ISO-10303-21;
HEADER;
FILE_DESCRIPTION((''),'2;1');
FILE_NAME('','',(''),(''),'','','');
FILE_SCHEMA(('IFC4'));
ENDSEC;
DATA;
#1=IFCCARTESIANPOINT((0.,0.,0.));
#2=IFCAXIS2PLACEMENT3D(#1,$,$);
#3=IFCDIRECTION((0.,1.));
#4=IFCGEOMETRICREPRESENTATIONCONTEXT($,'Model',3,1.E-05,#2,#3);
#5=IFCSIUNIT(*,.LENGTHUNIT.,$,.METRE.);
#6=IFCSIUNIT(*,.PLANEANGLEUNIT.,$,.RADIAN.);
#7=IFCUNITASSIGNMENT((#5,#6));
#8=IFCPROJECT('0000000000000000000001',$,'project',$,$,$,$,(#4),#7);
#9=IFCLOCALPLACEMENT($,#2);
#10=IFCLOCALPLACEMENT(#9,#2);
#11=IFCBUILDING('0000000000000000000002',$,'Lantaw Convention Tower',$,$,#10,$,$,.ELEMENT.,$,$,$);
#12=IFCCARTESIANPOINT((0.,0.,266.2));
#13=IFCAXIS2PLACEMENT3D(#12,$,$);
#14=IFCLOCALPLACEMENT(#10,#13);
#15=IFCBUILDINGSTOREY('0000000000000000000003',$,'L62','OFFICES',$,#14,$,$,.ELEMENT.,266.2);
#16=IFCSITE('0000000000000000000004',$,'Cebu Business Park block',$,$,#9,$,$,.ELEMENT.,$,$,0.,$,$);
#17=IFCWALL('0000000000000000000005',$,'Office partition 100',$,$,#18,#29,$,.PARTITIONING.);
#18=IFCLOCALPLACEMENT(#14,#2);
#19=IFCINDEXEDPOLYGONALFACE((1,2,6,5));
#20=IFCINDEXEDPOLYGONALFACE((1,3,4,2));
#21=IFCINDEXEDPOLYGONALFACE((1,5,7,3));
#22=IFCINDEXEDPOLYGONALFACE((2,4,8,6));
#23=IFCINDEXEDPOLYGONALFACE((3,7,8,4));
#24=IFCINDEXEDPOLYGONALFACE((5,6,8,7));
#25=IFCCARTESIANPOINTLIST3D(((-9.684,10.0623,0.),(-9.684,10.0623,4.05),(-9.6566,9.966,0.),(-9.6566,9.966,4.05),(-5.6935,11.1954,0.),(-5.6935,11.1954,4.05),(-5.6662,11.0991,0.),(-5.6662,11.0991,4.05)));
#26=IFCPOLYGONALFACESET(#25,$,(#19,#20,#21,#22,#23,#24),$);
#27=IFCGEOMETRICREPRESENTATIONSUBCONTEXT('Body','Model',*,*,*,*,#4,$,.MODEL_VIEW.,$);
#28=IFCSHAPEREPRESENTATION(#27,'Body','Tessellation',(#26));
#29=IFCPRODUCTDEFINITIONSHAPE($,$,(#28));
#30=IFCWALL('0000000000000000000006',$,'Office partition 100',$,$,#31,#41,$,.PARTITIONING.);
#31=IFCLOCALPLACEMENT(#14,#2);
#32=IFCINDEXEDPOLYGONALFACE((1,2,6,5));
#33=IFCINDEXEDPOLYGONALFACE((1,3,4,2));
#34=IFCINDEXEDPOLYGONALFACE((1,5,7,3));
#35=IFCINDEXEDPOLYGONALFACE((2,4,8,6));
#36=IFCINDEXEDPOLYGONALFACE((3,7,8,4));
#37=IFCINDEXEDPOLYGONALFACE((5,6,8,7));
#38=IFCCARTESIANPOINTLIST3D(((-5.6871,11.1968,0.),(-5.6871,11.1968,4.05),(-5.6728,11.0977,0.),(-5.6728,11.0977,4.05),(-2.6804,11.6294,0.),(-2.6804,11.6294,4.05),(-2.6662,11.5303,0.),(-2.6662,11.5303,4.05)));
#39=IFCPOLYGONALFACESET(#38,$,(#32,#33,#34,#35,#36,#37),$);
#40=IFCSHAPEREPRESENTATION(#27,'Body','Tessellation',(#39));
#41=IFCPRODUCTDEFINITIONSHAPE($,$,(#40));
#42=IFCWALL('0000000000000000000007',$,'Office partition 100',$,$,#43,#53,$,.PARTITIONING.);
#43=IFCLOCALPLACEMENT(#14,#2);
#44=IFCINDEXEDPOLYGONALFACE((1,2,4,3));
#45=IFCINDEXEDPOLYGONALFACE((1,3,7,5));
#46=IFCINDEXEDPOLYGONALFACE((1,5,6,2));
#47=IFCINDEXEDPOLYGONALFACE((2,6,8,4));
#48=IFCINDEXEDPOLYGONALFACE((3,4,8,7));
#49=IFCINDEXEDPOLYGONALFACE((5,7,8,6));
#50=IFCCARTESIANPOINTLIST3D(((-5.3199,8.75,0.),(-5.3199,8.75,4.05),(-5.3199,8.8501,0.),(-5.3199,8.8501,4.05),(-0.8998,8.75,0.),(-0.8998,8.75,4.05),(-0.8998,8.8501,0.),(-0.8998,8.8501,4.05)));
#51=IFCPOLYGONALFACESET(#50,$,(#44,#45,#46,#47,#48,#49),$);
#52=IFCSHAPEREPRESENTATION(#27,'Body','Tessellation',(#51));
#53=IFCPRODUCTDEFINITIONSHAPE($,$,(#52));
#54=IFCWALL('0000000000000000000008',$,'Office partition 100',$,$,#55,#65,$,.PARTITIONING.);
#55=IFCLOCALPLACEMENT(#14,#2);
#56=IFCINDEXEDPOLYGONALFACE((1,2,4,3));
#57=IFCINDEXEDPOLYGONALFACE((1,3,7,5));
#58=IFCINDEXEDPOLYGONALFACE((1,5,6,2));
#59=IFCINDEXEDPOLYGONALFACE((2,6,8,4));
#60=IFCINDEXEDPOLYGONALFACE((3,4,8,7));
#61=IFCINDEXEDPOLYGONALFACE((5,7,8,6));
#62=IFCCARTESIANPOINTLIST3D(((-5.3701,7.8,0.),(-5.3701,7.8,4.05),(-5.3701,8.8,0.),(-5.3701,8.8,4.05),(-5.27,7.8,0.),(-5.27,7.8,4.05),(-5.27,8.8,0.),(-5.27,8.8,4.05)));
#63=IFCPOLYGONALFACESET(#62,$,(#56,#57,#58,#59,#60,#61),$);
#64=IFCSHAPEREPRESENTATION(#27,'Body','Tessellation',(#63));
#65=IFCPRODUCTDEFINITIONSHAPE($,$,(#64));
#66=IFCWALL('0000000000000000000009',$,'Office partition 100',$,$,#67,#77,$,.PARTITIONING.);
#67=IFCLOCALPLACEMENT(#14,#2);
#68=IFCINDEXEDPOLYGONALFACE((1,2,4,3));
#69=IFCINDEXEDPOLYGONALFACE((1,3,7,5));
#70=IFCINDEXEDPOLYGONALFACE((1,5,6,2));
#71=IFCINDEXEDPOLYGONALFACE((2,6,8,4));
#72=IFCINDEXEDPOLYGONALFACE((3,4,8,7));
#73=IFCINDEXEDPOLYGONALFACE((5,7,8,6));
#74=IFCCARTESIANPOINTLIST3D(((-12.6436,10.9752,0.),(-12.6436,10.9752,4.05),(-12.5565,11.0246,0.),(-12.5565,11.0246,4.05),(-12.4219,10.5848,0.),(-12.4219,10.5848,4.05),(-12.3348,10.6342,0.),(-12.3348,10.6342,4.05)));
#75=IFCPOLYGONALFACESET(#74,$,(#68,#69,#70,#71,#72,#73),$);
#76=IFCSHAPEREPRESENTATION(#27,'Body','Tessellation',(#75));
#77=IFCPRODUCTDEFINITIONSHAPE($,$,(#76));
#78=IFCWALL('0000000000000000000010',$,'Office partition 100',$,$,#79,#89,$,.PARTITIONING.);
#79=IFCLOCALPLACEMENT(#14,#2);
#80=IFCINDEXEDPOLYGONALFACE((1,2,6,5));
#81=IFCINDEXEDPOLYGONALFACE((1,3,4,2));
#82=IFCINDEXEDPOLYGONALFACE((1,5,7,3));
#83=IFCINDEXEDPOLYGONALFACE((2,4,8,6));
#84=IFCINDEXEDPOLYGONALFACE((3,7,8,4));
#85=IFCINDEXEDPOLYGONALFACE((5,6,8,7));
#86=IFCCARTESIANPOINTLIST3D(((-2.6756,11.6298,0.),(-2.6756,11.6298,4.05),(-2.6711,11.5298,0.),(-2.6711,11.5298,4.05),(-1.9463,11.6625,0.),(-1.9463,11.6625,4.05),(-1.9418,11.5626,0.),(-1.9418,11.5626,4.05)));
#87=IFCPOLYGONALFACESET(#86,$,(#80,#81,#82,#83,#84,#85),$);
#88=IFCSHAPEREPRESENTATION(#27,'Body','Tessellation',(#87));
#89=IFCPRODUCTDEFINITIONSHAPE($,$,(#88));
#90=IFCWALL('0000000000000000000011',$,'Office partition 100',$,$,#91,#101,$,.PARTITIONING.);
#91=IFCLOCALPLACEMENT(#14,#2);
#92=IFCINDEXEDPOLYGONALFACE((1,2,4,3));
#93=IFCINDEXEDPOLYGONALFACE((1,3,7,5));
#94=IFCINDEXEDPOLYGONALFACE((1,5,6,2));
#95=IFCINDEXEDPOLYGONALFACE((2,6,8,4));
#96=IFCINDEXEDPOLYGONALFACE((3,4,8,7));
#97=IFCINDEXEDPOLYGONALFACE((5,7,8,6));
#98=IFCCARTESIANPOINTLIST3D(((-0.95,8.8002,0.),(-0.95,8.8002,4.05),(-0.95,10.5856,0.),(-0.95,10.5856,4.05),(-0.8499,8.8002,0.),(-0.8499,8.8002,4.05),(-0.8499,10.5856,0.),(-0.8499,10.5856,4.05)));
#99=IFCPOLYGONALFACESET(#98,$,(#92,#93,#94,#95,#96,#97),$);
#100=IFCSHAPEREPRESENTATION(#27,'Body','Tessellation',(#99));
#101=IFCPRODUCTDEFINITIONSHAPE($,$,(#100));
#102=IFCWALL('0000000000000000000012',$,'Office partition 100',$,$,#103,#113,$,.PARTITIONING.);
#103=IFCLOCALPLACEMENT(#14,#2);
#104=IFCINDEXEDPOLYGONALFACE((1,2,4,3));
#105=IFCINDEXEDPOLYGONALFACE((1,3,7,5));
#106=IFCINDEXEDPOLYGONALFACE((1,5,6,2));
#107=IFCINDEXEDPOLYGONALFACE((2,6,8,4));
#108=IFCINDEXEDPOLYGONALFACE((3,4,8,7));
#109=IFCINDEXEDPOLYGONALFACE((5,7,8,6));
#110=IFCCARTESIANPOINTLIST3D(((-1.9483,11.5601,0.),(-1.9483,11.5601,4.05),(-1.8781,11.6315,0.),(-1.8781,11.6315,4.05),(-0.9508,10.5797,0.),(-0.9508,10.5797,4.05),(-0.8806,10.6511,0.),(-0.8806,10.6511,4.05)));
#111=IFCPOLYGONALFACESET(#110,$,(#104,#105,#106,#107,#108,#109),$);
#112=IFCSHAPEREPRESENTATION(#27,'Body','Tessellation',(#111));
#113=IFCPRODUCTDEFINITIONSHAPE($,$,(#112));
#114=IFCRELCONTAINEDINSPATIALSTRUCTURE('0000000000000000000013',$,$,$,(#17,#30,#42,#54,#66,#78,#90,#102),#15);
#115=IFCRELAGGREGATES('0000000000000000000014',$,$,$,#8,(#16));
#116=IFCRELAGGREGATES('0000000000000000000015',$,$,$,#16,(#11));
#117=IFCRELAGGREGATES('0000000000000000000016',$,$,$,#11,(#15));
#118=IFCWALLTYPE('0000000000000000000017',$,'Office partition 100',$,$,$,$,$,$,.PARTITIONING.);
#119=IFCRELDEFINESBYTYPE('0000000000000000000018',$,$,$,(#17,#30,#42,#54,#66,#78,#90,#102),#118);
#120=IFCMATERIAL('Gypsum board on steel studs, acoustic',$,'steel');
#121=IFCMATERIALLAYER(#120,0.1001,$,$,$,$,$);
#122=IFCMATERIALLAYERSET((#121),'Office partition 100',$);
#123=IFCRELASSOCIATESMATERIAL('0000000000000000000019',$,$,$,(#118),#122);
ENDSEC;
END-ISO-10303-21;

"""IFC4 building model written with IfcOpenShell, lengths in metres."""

from ifc_helpers import new_model, si_unit, direction, frame, frame_2d, origin, place, context, subcontext, project, spatial, rectangle, extrude, material, layer, layer_set, type_object, element, save


model = new_model("IFC4")

# Units and contexts
model_context = context("Model", 3, precision=1e-05, world=origin(), true_north=direction((0.0, 1.0)))
body_context = subcontext(model_context, "Body", "Model", "MODEL_VIEW")
ifc_project = project(units=[si_unit("LENGTHUNIT", "METRE"), si_unit("PLANEANGLEUNIT", "RADIAN")], contexts=[model_context])

# Site, building, storey
site_placement = place(None, origin())
site = spatial("IfcSite", under=ifc_project, at=site_placement, Name="Cebu Business Park block", CompositionType="ELEMENT", RefElevation=0.0)
building_placement = place(site_placement, origin())
building = spatial("IfcBuilding", under=site, at=building_placement, Name="Lantaw Convention Tower", CompositionType="ELEMENT")
storey_placement = place(building_placement, frame((0.0, 0.0, 266.2)))
storey = spatial("IfcBuildingStorey", under=building, at=storey_placement, Name="L62", Description="OFFICES", CompositionType="ELEMENT", Elevation=266.2)

# Walls
ifc_material_1 = material(Name="Gypsum board on steel studs, acoustic", Category="steel")
ifc_layer_1 = layer(ifc_material_1, 0.1001)
ifc_layer_set_1 = layer_set([ifc_layer_1], Name="Office partition 100")
wall_type_1 = type_object("IfcWallType", Name="Office partition 100", PredefinedType="PARTITIONING", material=ifc_layer_set_1)
wall_1_placement = place(storey_placement, frame((-9.6704, 10.0142, 0.0), z_axis=(0.0, 0.0, 1.0), x_axis=(0.961973, 0.273143, 0.0)))
element("IfcWall", 1, at=wall_1_placement, inside=storey, type_object=wall_type_1, Name="Office partition 100", PredefinedType="PARTITIONING", context=body_context, shape_type="SweptSolid", body=[
    extrude(rectangle(XDim=4.1482, YDim=0.1001, at=frame_2d((2.0742, 0.0))), origin(), (0.0, 0.0, 1.0), 4.05),
])
wall_2_placement = place(storey_placement, frame((-5.6799, 11.1472, 0.0), z_axis=(0.0, 0.0, 1.0), x_axis=(0.989806, 0.142423, 0.0)))
element("IfcWall", 2, at=wall_2_placement, inside=storey, type_object=wall_type_1, Name="Office partition 100", PredefinedType="PARTITIONING", context=body_context, shape_type="SweptSolid", body=[
    extrude(rectangle(XDim=3.0376, YDim=0.1001, at=frame_2d((1.5188, 0.0))), origin(), (0.0, 0.0, 1.0), 4.05),
])
wall_3_placement = place(storey_placement, frame((-0.8999, 8.8, 0.0), z_axis=(0.0, 0.0, 1.0), x_axis=(-1.0, 0.0, 0.0)))
element("IfcWall", 3, at=wall_3_placement, inside=storey, type_object=wall_type_1, Name="Office partition 100", PredefinedType="PARTITIONING", context=body_context, shape_type="SweptSolid", body=[
    extrude(rectangle(XDim=4.4202, YDim=0.1001, at=frame_2d((2.21, 0.0))), origin(), (0.0, 0.0, 1.0), 4.05),
])
wall_4_placement = place(storey_placement, frame((-5.3201, 8.8, 0.0), z_axis=(0.0, 0.0, 1.0), x_axis=(0.0, -1.0, 0.0)))
element("IfcWall", 4, at=wall_4_placement, inside=storey, type_object=wall_type_1, Name="Office partition 100", PredefinedType="PARTITIONING", context=body_context, shape_type="SweptSolid", body=[
    extrude(rectangle(XDim=1.0, YDim=0.1001, at=frame_2d((0.5, 0.0))), origin(), (0.0, 0.0, 1.0), 4.05),
])
wall_5_placement = place(storey_placement, frame((-12.6001, 11.0, 0.0), z_axis=(0.0, 0.0, 1.0), x_axis=(0.493794, -0.869579, 0.0)))
element("IfcWall", 5, at=wall_5_placement, inside=storey, type_object=wall_type_1, Name="Office partition 100", PredefinedType="PARTITIONING", context=body_context, shape_type="SweptSolid", body=[
    extrude(rectangle(XDim=0.449, YDim=0.1001, at=frame_2d((0.2246, 0.0))), origin(), (0.0, 0.0, 1.0), 4.05),
])
wall_6_placement = place(storey_placement, frame((-2.6733, 11.5798, 0.0), z_axis=(0.0, 0.0, 1.0), x_axis=(0.998995, 0.044816, 0.0)))
element("IfcWall", 6, at=wall_6_placement, inside=storey, type_object=wall_type_1, Name="Office partition 100", PredefinedType="PARTITIONING", context=body_context, shape_type="SweptSolid", body=[
    extrude(rectangle(XDim=0.73, YDim=0.1001, at=frame_2d((0.365, 0.0))), origin(), (0.0, 0.0, 1.0), 4.05),
])
wall_7_placement = place(storey_placement, frame((-0.8999, 10.5854, 0.0), z_axis=(0.0, 0.0, 1.0), x_axis=(0.0, -1.0, 0.0)))
element("IfcWall", 7, at=wall_7_placement, inside=storey, type_object=wall_type_1, Name="Office partition 100", PredefinedType="PARTITIONING", context=body_context, shape_type="SweptSolid", body=[
    extrude(rectangle(XDim=1.7854, YDim=0.1001, at=frame_2d((0.8926, 0.0))), origin(), (0.0, 0.0, 1.0), 4.05),
])
wall_8_placement = place(storey_placement, frame((-0.9158, 10.6155, 0.0), z_axis=(0.0, 0.0, 1.0), x_axis=(-0.713189, 0.700971, 0.0)))
element("IfcWall", 8, at=wall_8_placement, inside=storey, type_object=wall_type_1, Name="Office partition 100", PredefinedType="PARTITIONING", context=body_context, shape_type="SweptSolid", body=[
    extrude(rectangle(XDim=1.3987, YDim=0.1001, at=frame_2d((0.6992, 0.0))), origin(), (0.0, 0.0, 1.0), 4.05),
])

save(model, "model.ifc")
